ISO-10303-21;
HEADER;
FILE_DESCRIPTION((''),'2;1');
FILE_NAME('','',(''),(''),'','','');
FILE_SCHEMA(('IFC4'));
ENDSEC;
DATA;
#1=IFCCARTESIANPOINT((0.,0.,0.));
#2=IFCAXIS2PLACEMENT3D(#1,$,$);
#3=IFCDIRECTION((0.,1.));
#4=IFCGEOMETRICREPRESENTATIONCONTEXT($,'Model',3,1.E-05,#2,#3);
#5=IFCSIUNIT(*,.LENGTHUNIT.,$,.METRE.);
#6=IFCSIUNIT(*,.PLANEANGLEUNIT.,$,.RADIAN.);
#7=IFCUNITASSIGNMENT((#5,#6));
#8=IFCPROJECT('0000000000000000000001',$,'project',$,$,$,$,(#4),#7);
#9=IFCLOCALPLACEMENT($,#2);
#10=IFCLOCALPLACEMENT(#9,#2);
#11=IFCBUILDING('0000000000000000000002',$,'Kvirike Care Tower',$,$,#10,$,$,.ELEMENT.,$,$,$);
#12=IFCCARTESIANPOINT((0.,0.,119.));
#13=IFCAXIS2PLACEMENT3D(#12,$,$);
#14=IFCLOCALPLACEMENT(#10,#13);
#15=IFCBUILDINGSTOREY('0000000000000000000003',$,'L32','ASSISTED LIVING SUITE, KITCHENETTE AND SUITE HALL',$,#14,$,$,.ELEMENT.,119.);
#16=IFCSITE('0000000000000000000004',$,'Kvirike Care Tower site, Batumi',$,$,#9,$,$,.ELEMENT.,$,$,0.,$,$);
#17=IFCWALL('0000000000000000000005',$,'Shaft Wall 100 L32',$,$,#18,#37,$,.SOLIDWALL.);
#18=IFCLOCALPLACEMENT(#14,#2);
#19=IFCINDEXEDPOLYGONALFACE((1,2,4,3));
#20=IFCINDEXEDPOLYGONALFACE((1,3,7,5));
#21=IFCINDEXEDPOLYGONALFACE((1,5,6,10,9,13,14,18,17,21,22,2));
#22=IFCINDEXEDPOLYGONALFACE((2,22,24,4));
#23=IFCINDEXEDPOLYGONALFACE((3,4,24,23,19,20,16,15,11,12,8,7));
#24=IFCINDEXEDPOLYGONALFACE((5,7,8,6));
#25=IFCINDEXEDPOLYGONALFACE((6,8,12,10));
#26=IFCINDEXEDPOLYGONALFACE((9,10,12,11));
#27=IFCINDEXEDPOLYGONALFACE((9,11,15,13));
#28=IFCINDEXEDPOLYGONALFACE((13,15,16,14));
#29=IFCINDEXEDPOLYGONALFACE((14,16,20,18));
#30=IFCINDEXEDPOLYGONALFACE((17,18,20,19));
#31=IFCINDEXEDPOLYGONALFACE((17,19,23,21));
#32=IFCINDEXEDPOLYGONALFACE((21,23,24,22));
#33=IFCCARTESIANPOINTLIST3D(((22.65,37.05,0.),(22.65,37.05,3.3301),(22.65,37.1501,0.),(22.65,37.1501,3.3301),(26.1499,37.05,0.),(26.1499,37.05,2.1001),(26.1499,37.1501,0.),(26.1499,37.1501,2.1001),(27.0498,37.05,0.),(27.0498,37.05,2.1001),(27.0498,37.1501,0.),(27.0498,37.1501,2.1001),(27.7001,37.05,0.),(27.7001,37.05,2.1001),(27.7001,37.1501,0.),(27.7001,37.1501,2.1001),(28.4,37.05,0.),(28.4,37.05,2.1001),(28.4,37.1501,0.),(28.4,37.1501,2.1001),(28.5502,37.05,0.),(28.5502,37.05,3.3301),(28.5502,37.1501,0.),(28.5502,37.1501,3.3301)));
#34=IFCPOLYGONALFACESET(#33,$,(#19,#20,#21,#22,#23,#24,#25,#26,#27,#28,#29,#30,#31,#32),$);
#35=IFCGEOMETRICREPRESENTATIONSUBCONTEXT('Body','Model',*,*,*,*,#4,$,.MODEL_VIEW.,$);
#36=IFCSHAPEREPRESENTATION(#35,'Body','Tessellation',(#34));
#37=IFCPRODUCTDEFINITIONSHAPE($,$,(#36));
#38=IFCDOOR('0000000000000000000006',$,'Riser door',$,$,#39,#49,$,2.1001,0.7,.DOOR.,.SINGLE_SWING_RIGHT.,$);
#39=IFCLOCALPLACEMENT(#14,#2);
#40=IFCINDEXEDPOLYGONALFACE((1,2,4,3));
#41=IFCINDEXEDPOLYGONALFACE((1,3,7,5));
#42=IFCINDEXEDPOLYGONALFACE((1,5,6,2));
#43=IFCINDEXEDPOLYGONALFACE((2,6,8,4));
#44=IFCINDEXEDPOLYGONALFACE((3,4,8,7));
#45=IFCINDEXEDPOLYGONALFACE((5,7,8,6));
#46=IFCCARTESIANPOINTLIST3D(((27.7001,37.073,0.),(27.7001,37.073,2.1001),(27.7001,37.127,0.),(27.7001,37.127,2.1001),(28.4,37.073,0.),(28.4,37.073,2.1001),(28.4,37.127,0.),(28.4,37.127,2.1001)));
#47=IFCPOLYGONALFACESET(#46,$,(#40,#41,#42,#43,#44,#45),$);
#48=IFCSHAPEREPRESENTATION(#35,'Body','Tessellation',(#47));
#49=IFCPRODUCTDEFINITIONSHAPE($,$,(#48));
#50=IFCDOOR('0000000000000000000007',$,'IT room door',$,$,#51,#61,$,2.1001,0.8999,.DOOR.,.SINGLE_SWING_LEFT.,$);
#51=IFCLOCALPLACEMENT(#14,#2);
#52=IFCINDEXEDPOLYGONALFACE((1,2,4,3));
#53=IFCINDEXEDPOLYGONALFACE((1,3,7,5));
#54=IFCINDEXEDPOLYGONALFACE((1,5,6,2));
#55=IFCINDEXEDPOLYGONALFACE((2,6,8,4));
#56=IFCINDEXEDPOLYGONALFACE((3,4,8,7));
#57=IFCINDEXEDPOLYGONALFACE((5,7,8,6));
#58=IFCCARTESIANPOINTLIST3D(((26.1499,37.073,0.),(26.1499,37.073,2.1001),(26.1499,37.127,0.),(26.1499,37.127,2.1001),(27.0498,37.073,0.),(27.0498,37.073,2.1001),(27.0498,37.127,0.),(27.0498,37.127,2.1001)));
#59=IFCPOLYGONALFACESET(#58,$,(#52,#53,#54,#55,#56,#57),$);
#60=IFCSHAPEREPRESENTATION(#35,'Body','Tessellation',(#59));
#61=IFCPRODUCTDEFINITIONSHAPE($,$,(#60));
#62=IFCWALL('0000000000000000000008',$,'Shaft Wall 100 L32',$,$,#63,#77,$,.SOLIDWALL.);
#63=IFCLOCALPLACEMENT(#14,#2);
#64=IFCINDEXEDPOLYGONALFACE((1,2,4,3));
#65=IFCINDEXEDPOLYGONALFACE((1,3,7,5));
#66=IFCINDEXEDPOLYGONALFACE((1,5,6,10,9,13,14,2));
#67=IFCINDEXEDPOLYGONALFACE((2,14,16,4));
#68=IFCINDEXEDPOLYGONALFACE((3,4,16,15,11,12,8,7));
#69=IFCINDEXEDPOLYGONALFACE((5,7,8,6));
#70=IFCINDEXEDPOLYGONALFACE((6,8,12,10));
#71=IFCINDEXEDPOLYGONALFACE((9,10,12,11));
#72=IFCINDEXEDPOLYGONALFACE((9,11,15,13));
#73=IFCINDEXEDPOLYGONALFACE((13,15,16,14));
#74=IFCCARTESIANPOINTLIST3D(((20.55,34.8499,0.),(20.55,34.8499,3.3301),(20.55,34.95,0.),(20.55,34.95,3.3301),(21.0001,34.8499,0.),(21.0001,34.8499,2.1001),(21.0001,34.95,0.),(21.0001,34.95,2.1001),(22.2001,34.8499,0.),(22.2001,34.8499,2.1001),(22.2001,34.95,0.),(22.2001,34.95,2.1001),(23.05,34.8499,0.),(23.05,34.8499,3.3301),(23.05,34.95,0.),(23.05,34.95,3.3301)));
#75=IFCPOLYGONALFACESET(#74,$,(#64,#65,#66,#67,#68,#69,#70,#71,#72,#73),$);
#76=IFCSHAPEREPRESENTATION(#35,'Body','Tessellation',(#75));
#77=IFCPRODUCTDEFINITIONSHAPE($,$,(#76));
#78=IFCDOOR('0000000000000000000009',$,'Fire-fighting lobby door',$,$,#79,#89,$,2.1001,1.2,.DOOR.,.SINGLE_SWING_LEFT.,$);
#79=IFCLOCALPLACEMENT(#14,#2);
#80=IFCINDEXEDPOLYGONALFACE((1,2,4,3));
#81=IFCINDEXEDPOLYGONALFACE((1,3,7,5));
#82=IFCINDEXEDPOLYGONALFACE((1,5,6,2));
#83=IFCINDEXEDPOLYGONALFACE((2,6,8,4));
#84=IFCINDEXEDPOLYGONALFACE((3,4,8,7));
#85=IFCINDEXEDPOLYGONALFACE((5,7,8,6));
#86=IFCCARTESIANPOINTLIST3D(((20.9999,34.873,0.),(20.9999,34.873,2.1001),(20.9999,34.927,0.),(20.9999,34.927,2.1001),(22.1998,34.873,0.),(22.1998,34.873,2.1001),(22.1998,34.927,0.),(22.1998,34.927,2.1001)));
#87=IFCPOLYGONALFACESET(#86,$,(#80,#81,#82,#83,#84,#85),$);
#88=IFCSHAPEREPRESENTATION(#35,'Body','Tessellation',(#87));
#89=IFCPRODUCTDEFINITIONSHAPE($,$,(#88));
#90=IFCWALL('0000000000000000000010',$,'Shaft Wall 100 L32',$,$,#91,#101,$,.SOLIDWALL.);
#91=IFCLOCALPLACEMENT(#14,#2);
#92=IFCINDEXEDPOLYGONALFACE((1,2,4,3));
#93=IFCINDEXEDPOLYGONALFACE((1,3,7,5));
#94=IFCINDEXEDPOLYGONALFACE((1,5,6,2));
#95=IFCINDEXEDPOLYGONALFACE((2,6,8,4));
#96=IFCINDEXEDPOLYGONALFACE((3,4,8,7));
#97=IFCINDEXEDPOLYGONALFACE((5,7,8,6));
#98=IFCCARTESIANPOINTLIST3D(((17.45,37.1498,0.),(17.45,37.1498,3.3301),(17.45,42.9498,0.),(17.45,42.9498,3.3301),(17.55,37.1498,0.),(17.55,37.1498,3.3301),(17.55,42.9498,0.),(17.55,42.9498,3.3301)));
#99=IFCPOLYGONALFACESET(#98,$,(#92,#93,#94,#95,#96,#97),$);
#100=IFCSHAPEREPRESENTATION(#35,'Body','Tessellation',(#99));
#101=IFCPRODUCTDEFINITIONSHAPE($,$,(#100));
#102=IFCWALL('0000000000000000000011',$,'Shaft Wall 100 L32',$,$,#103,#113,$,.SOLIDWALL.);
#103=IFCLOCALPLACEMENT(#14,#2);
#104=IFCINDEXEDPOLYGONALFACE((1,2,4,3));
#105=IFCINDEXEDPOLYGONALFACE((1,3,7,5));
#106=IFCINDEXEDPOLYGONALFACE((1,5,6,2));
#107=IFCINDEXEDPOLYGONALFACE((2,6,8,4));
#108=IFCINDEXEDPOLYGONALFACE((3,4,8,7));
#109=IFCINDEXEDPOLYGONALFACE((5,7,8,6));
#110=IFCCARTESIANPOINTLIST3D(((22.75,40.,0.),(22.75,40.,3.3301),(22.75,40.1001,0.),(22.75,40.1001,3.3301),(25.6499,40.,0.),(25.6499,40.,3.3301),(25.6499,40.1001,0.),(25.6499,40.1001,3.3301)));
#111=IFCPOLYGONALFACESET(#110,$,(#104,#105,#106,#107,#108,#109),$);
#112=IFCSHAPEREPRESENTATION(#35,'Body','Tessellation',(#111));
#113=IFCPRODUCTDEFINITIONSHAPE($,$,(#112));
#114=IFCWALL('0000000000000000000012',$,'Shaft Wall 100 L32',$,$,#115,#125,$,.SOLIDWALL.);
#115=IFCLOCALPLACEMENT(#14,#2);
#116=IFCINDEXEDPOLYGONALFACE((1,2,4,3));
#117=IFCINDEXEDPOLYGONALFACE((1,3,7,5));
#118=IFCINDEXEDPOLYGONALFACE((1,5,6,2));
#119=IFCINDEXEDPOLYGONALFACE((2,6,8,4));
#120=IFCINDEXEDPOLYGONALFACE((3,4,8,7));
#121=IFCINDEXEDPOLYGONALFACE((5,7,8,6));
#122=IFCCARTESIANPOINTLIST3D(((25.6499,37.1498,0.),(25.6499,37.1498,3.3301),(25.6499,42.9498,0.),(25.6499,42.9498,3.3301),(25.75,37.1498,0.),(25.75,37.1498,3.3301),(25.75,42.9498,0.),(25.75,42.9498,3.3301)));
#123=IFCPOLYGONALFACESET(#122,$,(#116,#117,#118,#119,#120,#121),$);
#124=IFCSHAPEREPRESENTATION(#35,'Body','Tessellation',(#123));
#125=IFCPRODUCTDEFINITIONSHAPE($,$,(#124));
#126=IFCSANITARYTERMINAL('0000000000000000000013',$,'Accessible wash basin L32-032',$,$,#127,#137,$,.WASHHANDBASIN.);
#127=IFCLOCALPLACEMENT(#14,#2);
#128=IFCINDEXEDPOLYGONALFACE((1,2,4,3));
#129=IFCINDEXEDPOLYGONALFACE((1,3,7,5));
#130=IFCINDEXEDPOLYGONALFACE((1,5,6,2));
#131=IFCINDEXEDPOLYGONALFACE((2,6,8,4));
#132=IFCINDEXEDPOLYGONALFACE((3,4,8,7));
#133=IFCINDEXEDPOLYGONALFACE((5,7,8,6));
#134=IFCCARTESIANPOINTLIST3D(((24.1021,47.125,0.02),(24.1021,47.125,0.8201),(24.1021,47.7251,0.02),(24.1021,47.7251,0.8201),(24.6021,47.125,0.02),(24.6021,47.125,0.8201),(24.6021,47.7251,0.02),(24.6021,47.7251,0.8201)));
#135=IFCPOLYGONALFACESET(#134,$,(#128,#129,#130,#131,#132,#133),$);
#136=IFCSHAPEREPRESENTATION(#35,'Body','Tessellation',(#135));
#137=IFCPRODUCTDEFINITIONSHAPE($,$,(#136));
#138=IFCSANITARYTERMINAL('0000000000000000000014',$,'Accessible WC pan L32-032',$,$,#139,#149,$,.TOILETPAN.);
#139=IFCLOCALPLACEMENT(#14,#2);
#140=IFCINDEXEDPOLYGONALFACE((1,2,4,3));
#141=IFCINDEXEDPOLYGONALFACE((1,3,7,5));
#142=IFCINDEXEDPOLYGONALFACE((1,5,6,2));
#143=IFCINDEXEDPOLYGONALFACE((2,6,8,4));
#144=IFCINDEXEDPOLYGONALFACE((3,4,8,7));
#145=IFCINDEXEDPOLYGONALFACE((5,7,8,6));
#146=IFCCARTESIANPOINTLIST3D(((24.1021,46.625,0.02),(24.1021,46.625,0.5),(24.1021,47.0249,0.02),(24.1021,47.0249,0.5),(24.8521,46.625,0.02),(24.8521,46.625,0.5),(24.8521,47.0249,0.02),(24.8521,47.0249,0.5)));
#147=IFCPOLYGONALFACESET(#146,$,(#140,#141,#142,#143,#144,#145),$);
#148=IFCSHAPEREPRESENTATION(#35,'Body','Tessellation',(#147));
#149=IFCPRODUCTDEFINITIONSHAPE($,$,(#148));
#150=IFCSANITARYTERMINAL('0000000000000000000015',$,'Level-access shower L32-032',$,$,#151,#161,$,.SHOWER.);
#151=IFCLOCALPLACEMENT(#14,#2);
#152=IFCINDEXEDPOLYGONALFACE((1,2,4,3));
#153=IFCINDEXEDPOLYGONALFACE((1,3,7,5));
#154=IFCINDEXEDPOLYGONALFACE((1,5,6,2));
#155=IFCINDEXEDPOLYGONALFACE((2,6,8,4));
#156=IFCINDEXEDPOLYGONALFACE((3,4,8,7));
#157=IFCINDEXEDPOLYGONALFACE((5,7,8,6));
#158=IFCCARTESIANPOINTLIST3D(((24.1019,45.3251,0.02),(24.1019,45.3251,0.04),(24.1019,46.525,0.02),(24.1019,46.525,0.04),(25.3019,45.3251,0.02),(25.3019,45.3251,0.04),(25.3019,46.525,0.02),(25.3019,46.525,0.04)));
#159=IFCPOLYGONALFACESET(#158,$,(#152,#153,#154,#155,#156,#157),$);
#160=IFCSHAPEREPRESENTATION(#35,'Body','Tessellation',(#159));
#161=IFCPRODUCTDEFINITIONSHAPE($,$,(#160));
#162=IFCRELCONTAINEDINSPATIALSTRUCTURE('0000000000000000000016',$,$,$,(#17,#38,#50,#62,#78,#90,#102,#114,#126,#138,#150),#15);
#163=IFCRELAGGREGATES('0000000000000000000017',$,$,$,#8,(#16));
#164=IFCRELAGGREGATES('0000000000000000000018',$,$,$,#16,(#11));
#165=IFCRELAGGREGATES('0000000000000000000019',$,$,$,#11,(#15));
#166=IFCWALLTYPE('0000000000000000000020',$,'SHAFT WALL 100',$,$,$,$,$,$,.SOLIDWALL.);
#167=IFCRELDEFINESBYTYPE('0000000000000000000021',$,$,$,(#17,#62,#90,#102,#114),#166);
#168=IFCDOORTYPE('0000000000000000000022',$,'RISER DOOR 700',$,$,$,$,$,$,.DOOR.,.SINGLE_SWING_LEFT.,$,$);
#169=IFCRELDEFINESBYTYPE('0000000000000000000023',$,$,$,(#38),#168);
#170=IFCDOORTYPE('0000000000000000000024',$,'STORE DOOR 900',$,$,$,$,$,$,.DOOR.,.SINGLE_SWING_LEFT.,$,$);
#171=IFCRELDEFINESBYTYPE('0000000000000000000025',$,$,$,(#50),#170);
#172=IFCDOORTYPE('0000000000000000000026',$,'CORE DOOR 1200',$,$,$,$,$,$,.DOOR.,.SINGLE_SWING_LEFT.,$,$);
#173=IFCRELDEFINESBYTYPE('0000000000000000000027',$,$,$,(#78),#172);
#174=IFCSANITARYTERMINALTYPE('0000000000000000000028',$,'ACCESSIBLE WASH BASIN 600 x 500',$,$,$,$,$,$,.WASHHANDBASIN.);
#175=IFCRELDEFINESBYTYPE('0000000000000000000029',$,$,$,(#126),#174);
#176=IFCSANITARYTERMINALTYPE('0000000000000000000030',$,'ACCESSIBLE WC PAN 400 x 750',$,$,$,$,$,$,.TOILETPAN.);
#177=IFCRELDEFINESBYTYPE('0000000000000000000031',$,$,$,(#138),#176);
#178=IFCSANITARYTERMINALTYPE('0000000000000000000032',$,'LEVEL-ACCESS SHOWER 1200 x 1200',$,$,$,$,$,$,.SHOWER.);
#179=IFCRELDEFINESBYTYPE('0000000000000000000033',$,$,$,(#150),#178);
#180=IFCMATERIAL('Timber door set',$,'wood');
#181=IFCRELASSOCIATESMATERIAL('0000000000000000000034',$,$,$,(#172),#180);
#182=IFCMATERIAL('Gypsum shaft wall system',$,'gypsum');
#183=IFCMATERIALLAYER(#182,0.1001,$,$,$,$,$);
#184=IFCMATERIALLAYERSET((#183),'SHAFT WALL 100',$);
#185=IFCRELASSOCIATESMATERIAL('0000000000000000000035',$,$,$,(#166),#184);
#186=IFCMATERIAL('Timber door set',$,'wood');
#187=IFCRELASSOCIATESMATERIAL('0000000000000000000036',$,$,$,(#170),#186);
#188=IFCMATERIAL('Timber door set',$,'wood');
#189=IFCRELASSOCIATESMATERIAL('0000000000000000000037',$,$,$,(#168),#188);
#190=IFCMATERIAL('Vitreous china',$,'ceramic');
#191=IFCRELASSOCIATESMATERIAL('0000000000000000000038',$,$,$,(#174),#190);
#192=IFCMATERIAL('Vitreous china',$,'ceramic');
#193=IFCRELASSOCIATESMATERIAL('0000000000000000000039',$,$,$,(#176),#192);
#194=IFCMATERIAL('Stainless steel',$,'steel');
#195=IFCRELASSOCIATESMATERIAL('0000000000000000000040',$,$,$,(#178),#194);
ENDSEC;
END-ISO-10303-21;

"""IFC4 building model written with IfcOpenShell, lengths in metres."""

from ifc_helpers import new_model, si_unit, direction, frame, frame_2d, origin, origin_2d, place, context, subcontext, project, spatial, rectangle, extrude, material, layer, layer_set, type_object, element, fill, save


model = new_model("IFC4")

# Units and contexts
model_context = context("Model", 3, precision=1e-05, world=origin(), true_north=direction((0.0, 1.0)))
body_context = subcontext(model_context, "Body", "Model", "MODEL_VIEW")
ifc_project = project(units=[si_unit("LENGTHUNIT", "METRE"), si_unit("PLANEANGLEUNIT", "RADIAN")], contexts=[model_context])

# Site, building, storey
site_placement = place(None, origin())
site = spatial("IfcSite", under=ifc_project, at=site_placement, Name="Kvirike Care Tower site, Batumi", CompositionType="ELEMENT", RefElevation=0.0)
building_placement = place(site_placement, origin())
building = spatial("IfcBuilding", under=site, at=building_placement, Name="Kvirike Care Tower", CompositionType="ELEMENT")
storey_placement = place(building_placement, frame((0.0, 0.0, 119.0)))
storey = spatial("IfcBuildingStorey", under=building, at=storey_placement, Name="L32", Description="ASSISTED LIVING SUITE, KITCHENETTE AND SUITE HALL", CompositionType="ELEMENT", Elevation=119.0)

# Shared definitions
ifc_material_1 = material(Name="Timber door set", Category="wood")
door_type_1 = type_object("IfcDoorType", Name="CORE DOOR 1200", OperationType="SINGLE_SWING_LEFT", PredefinedType="DOOR", material=ifc_material_1)

# Shared definitions
ifc_material_2 = material(Name="Gypsum shaft wall system", Category="gypsum")
ifc_layer_1 = layer(ifc_material_2, 0.1001)
ifc_layer_set_1 = layer_set([ifc_layer_1], Name="SHAFT WALL 100")
wall_type_1 = type_object("IfcWallType", Name="SHAFT WALL 100", PredefinedType="SOLIDWALL", material=ifc_layer_set_1)

# Shared definitions
ifc_material_3 = material(Name="Timber door set", Category="wood")
door_type_2 = type_object("IfcDoorType", Name="STORE DOOR 900", OperationType="SINGLE_SWING_LEFT", PredefinedType="DOOR", material=ifc_material_3)

# Wall, openings, doors
ifc_material_4 = material(Name="Timber door set", Category="wood")
door_type_3 = type_object("IfcDoorType", Name="RISER DOOR 700", OperationType="SINGLE_SWING_LEFT", PredefinedType="DOOR", material=ifc_material_4)
wall_1_placement = place(storey_placement, frame((22.6499, 37.1001, 0.0), z_axis=(0.0, 0.0, 1.0), x_axis=(1.0, 0.0, 0.0)))
wall_1 = element("IfcWall", 1, at=wall_1_placement, inside=storey, type_object=wall_type_1, Name="Shaft Wall 100 L32", PredefinedType="SOLIDWALL", context=body_context, shape_type="SweptSolid", body=[
    extrude(rectangle(XDim=5.9001, YDim=0.1001, at=frame_2d((2.9502, 0.0))), origin(), (0.0, 0.0, 1.0), 3.3301),
])
opening_1_placement = place(wall_1_placement, frame((3.5, 0.0, 0.0)))
opening_1 = element("IfcOpeningElement", 2, at=opening_1_placement, cuts=wall_1, PredefinedType="OPENING", context=body_context, shape_type="SweptSolid", body=[
    extrude(rectangle(XDim=0.8999, YDim=2.1001, at=frame_2d((0.45, 1.05))), frame((0.0, 0.0605, 0.0), z_axis=(0.0, -1.0, 0.0), x_axis=(1.0, 0.0, 0.0)), (0.0, 0.0, 1.0), 0.1211),
])
opening_2_placement = place(wall_1_placement, frame((5.05, 0.0, 0.0)))
opening_2 = element("IfcOpeningElement", 3, at=opening_2_placement, cuts=wall_1, PredefinedType="OPENING", context=body_context, shape_type="SweptSolid", body=[
    extrude(rectangle(XDim=0.7, YDim=2.1001, at=frame_2d((0.3501, 1.05))), frame((0.0, 0.0605, 0.0), z_axis=(0.0, -1.0, 0.0), x_axis=(1.0, 0.0, 0.0)), (0.0, 0.0, 1.0), 0.1211),
])
door_1_placement = place(opening_2_placement, origin())
door_1 = element("IfcDoor", 4, at=door_1_placement, inside=storey, type_object=door_type_3, Name="Riser door", OperationType="SINGLE_SWING_RIGHT", OverallHeight=2.1001, OverallWidth=0.7, PredefinedType="DOOR", context=body_context, shape_type="SweptSolid", body=[
    extrude(rectangle(XDim=0.7, YDim=2.1001, at=frame_2d((0.3501, 1.05))), frame((0.0, 0.0269, 0.0), z_axis=(0.0, -1.0, 0.0), x_axis=(1.0, 0.0, 0.0)), (0.0, 0.0, 1.0), 0.054),
])
fill(opening_2, door_1)
door_2_placement = place(opening_1_placement, origin())
door_2 = element("IfcDoor", 5, at=door_2_placement, inside=storey, type_object=door_type_2, Name="IT room door", OperationType="SINGLE_SWING_LEFT", OverallHeight=2.1001, OverallWidth=0.8999, PredefinedType="DOOR", context=body_context, shape_type="SweptSolid", body=[
    extrude(rectangle(XDim=0.8999, YDim=2.1001, at=frame_2d((0.45, 1.05))), frame((0.0, 0.0269, 0.0), z_axis=(0.0, -1.0, 0.0), x_axis=(1.0, 0.0, 0.0)), (0.0, 0.0, 1.0), 0.054),
])
fill(opening_1, door_2)

# Wall, opening, door
wall_2_placement = place(storey_placement, frame((20.55, 34.8999, 0.0), z_axis=(0.0, 0.0, 1.0), x_axis=(1.0, 0.0, 0.0)))
wall_2 = element("IfcWall", 6, at=wall_2_placement, inside=storey, type_object=wall_type_1, Name="Shaft Wall 100 L32", PredefinedType="SOLIDWALL", context=body_context, shape_type="SweptSolid", body=[
    extrude(rectangle(XDim=2.5, YDim=0.1001, at=frame_2d((1.25, 0.0))), origin(), (0.0, 0.0, 1.0), 3.3301),
])
opening_3_placement = place(wall_2_placement, frame((0.45, 0.0, 0.0)))
opening_3 = element("IfcOpeningElement", 7, at=opening_3_placement, cuts=wall_2, PredefinedType="OPENING", context=body_context, shape_type="SweptSolid", body=[
    extrude(rectangle(XDim=1.2, YDim=2.1001, at=frame_2d((0.6001, 1.05))), frame((0.0, 0.0605, 0.0), z_axis=(0.0, -1.0, 0.0), x_axis=(1.0, 0.0, 0.0)), (0.0, 0.0, 1.0), 0.1211),
])
door_3_placement = place(opening_3_placement, frame((1.2, 0.0, 0.0), z_axis=(0.0, 0.0, 1.0), x_axis=(-1.0, 0.0, 0.0)))
door_3 = element("IfcDoor", 8, at=door_3_placement, inside=storey, type_object=door_type_1, Name="Fire-fighting lobby door", OperationType="SINGLE_SWING_LEFT", OverallHeight=2.1001, OverallWidth=1.2, PredefinedType="DOOR", context=body_context, shape_type="SweptSolid", body=[
    extrude(rectangle(XDim=1.2, YDim=2.1001, at=frame_2d((0.6001, 1.05))), frame((0.0, 0.0269, 0.0), z_axis=(0.0, -1.0, 0.0), x_axis=(1.0, 0.0, 0.0)), (0.0, 0.0, 1.0), 0.054),
])
fill(opening_3, door_3)

# Walls
wall_3_placement = place(storey_placement, frame((17.5, 37.1499, 0.0), z_axis=(0.0, 0.0, 1.0), x_axis=(0.0, 1.0, 0.0)))
element("IfcWall", 9, at=wall_3_placement, inside=storey, type_object=wall_type_1, Name="Shaft Wall 100 L32", PredefinedType="SOLIDWALL", context=body_context, shape_type="SweptSolid", body=[
    extrude(rectangle(XDim=5.8, YDim=0.1001, at=frame_2d((2.8999, 0.0))), origin(), (0.0, 0.0, 1.0), 3.3301),
])
wall_4_placement = place(storey_placement, frame((22.75, 40.05, 0.0), z_axis=(0.0, 0.0, 1.0), x_axis=(1.0, 0.0, 0.0)))
element("IfcWall", 10, at=wall_4_placement, inside=storey, type_object=wall_type_1, Name="Shaft Wall 100 L32", PredefinedType="SOLIDWALL", context=body_context, shape_type="SweptSolid", body=[
    extrude(rectangle(XDim=2.8999, YDim=0.1001, at=frame_2d((1.45, 0.0))), origin(), (0.0, 0.0, 1.0), 3.3301),
])
wall_5_placement = place(storey_placement, frame((25.7, 37.1499, 0.0), z_axis=(0.0, 0.0, 1.0), x_axis=(0.0, 1.0, 0.0)))
element("IfcWall", 11, at=wall_5_placement, inside=storey, type_object=wall_type_1, Name="Shaft Wall 100 L32", PredefinedType="SOLIDWALL", context=body_context, shape_type="SweptSolid", body=[
    extrude(rectangle(XDim=5.8, YDim=0.1001, at=frame_2d((2.8999, 0.0))), origin(), (0.0, 0.0, 1.0), 3.3301),
])

# Sanitary terminals
ifc_material_5 = material(Name="Vitreous china", Category="ceramic")
sanitary_terminal_type_1 = type_object("IfcSanitaryTerminalType", Name="ACCESSIBLE WASH BASIN 600 x 500", PredefinedType="WASHHANDBASIN", material=ifc_material_5)
sanitary_terminal_1_placement = place(storey_placement, frame((24.3521, 47.425, 0.02), z_axis=(0.0, 0.0, 1.0), x_axis=(0.0, 1.0, 0.0)))
element("IfcSanitaryTerminal", 12, at=sanitary_terminal_1_placement, inside=storey, type_object=sanitary_terminal_type_1, Name="Accessible wash basin L32-032", PredefinedType="WASHHANDBASIN", context=body_context, shape_type="SweptSolid", body=[
    extrude(rectangle(XDim=0.6001, YDim=0.5, at=origin_2d()), origin(), (0.0, 0.0, 1.0), 0.8),
])
ifc_material_6 = material(Name="Vitreous china", Category="ceramic")
sanitary_terminal_type_2 = type_object("IfcSanitaryTerminalType", Name="ACCESSIBLE WC PAN 400 x 750", PredefinedType="TOILETPAN", material=ifc_material_6)
sanitary_terminal_2_placement = place(storey_placement, frame((24.4771, 46.825, 0.02), z_axis=(0.0, 0.0, 1.0), x_axis=(0.0, 1.0, 0.0)))
element("IfcSanitaryTerminal", 13, at=sanitary_terminal_2_placement, inside=storey, type_object=sanitary_terminal_type_2, Name="Accessible WC pan L32-032", PredefinedType="TOILETPAN", context=body_context, shape_type="SweptSolid", body=[
    extrude(rectangle(XDim=0.3999, YDim=0.75, at=origin_2d()), origin(), (0.0, 0.0, 1.0), 0.48),
])
ifc_material_7 = material(Name="Stainless steel", Category="steel")
sanitary_terminal_type_3 = type_object("IfcSanitaryTerminalType", Name="LEVEL-ACCESS SHOWER 1200 x 1200", PredefinedType="SHOWER", material=ifc_material_7)
sanitary_terminal_3_placement = place(storey_placement, frame((24.7019, 45.925, 0.02), z_axis=(0.0, 0.0, 1.0), x_axis=(0.0, 1.0, 0.0)))
element("IfcSanitaryTerminal", 14, at=sanitary_terminal_3_placement, inside=storey, type_object=sanitary_terminal_type_3, Name="Level-access shower L32-032", PredefinedType="SHOWER", context=body_context, shape_type="SweptSolid", body=[
    extrude(rectangle(XDim=1.2, YDim=1.2, at=origin_2d()), origin(), (0.0, 0.0, 1.0), 0.02),
])

save(model, "model.ifc")
